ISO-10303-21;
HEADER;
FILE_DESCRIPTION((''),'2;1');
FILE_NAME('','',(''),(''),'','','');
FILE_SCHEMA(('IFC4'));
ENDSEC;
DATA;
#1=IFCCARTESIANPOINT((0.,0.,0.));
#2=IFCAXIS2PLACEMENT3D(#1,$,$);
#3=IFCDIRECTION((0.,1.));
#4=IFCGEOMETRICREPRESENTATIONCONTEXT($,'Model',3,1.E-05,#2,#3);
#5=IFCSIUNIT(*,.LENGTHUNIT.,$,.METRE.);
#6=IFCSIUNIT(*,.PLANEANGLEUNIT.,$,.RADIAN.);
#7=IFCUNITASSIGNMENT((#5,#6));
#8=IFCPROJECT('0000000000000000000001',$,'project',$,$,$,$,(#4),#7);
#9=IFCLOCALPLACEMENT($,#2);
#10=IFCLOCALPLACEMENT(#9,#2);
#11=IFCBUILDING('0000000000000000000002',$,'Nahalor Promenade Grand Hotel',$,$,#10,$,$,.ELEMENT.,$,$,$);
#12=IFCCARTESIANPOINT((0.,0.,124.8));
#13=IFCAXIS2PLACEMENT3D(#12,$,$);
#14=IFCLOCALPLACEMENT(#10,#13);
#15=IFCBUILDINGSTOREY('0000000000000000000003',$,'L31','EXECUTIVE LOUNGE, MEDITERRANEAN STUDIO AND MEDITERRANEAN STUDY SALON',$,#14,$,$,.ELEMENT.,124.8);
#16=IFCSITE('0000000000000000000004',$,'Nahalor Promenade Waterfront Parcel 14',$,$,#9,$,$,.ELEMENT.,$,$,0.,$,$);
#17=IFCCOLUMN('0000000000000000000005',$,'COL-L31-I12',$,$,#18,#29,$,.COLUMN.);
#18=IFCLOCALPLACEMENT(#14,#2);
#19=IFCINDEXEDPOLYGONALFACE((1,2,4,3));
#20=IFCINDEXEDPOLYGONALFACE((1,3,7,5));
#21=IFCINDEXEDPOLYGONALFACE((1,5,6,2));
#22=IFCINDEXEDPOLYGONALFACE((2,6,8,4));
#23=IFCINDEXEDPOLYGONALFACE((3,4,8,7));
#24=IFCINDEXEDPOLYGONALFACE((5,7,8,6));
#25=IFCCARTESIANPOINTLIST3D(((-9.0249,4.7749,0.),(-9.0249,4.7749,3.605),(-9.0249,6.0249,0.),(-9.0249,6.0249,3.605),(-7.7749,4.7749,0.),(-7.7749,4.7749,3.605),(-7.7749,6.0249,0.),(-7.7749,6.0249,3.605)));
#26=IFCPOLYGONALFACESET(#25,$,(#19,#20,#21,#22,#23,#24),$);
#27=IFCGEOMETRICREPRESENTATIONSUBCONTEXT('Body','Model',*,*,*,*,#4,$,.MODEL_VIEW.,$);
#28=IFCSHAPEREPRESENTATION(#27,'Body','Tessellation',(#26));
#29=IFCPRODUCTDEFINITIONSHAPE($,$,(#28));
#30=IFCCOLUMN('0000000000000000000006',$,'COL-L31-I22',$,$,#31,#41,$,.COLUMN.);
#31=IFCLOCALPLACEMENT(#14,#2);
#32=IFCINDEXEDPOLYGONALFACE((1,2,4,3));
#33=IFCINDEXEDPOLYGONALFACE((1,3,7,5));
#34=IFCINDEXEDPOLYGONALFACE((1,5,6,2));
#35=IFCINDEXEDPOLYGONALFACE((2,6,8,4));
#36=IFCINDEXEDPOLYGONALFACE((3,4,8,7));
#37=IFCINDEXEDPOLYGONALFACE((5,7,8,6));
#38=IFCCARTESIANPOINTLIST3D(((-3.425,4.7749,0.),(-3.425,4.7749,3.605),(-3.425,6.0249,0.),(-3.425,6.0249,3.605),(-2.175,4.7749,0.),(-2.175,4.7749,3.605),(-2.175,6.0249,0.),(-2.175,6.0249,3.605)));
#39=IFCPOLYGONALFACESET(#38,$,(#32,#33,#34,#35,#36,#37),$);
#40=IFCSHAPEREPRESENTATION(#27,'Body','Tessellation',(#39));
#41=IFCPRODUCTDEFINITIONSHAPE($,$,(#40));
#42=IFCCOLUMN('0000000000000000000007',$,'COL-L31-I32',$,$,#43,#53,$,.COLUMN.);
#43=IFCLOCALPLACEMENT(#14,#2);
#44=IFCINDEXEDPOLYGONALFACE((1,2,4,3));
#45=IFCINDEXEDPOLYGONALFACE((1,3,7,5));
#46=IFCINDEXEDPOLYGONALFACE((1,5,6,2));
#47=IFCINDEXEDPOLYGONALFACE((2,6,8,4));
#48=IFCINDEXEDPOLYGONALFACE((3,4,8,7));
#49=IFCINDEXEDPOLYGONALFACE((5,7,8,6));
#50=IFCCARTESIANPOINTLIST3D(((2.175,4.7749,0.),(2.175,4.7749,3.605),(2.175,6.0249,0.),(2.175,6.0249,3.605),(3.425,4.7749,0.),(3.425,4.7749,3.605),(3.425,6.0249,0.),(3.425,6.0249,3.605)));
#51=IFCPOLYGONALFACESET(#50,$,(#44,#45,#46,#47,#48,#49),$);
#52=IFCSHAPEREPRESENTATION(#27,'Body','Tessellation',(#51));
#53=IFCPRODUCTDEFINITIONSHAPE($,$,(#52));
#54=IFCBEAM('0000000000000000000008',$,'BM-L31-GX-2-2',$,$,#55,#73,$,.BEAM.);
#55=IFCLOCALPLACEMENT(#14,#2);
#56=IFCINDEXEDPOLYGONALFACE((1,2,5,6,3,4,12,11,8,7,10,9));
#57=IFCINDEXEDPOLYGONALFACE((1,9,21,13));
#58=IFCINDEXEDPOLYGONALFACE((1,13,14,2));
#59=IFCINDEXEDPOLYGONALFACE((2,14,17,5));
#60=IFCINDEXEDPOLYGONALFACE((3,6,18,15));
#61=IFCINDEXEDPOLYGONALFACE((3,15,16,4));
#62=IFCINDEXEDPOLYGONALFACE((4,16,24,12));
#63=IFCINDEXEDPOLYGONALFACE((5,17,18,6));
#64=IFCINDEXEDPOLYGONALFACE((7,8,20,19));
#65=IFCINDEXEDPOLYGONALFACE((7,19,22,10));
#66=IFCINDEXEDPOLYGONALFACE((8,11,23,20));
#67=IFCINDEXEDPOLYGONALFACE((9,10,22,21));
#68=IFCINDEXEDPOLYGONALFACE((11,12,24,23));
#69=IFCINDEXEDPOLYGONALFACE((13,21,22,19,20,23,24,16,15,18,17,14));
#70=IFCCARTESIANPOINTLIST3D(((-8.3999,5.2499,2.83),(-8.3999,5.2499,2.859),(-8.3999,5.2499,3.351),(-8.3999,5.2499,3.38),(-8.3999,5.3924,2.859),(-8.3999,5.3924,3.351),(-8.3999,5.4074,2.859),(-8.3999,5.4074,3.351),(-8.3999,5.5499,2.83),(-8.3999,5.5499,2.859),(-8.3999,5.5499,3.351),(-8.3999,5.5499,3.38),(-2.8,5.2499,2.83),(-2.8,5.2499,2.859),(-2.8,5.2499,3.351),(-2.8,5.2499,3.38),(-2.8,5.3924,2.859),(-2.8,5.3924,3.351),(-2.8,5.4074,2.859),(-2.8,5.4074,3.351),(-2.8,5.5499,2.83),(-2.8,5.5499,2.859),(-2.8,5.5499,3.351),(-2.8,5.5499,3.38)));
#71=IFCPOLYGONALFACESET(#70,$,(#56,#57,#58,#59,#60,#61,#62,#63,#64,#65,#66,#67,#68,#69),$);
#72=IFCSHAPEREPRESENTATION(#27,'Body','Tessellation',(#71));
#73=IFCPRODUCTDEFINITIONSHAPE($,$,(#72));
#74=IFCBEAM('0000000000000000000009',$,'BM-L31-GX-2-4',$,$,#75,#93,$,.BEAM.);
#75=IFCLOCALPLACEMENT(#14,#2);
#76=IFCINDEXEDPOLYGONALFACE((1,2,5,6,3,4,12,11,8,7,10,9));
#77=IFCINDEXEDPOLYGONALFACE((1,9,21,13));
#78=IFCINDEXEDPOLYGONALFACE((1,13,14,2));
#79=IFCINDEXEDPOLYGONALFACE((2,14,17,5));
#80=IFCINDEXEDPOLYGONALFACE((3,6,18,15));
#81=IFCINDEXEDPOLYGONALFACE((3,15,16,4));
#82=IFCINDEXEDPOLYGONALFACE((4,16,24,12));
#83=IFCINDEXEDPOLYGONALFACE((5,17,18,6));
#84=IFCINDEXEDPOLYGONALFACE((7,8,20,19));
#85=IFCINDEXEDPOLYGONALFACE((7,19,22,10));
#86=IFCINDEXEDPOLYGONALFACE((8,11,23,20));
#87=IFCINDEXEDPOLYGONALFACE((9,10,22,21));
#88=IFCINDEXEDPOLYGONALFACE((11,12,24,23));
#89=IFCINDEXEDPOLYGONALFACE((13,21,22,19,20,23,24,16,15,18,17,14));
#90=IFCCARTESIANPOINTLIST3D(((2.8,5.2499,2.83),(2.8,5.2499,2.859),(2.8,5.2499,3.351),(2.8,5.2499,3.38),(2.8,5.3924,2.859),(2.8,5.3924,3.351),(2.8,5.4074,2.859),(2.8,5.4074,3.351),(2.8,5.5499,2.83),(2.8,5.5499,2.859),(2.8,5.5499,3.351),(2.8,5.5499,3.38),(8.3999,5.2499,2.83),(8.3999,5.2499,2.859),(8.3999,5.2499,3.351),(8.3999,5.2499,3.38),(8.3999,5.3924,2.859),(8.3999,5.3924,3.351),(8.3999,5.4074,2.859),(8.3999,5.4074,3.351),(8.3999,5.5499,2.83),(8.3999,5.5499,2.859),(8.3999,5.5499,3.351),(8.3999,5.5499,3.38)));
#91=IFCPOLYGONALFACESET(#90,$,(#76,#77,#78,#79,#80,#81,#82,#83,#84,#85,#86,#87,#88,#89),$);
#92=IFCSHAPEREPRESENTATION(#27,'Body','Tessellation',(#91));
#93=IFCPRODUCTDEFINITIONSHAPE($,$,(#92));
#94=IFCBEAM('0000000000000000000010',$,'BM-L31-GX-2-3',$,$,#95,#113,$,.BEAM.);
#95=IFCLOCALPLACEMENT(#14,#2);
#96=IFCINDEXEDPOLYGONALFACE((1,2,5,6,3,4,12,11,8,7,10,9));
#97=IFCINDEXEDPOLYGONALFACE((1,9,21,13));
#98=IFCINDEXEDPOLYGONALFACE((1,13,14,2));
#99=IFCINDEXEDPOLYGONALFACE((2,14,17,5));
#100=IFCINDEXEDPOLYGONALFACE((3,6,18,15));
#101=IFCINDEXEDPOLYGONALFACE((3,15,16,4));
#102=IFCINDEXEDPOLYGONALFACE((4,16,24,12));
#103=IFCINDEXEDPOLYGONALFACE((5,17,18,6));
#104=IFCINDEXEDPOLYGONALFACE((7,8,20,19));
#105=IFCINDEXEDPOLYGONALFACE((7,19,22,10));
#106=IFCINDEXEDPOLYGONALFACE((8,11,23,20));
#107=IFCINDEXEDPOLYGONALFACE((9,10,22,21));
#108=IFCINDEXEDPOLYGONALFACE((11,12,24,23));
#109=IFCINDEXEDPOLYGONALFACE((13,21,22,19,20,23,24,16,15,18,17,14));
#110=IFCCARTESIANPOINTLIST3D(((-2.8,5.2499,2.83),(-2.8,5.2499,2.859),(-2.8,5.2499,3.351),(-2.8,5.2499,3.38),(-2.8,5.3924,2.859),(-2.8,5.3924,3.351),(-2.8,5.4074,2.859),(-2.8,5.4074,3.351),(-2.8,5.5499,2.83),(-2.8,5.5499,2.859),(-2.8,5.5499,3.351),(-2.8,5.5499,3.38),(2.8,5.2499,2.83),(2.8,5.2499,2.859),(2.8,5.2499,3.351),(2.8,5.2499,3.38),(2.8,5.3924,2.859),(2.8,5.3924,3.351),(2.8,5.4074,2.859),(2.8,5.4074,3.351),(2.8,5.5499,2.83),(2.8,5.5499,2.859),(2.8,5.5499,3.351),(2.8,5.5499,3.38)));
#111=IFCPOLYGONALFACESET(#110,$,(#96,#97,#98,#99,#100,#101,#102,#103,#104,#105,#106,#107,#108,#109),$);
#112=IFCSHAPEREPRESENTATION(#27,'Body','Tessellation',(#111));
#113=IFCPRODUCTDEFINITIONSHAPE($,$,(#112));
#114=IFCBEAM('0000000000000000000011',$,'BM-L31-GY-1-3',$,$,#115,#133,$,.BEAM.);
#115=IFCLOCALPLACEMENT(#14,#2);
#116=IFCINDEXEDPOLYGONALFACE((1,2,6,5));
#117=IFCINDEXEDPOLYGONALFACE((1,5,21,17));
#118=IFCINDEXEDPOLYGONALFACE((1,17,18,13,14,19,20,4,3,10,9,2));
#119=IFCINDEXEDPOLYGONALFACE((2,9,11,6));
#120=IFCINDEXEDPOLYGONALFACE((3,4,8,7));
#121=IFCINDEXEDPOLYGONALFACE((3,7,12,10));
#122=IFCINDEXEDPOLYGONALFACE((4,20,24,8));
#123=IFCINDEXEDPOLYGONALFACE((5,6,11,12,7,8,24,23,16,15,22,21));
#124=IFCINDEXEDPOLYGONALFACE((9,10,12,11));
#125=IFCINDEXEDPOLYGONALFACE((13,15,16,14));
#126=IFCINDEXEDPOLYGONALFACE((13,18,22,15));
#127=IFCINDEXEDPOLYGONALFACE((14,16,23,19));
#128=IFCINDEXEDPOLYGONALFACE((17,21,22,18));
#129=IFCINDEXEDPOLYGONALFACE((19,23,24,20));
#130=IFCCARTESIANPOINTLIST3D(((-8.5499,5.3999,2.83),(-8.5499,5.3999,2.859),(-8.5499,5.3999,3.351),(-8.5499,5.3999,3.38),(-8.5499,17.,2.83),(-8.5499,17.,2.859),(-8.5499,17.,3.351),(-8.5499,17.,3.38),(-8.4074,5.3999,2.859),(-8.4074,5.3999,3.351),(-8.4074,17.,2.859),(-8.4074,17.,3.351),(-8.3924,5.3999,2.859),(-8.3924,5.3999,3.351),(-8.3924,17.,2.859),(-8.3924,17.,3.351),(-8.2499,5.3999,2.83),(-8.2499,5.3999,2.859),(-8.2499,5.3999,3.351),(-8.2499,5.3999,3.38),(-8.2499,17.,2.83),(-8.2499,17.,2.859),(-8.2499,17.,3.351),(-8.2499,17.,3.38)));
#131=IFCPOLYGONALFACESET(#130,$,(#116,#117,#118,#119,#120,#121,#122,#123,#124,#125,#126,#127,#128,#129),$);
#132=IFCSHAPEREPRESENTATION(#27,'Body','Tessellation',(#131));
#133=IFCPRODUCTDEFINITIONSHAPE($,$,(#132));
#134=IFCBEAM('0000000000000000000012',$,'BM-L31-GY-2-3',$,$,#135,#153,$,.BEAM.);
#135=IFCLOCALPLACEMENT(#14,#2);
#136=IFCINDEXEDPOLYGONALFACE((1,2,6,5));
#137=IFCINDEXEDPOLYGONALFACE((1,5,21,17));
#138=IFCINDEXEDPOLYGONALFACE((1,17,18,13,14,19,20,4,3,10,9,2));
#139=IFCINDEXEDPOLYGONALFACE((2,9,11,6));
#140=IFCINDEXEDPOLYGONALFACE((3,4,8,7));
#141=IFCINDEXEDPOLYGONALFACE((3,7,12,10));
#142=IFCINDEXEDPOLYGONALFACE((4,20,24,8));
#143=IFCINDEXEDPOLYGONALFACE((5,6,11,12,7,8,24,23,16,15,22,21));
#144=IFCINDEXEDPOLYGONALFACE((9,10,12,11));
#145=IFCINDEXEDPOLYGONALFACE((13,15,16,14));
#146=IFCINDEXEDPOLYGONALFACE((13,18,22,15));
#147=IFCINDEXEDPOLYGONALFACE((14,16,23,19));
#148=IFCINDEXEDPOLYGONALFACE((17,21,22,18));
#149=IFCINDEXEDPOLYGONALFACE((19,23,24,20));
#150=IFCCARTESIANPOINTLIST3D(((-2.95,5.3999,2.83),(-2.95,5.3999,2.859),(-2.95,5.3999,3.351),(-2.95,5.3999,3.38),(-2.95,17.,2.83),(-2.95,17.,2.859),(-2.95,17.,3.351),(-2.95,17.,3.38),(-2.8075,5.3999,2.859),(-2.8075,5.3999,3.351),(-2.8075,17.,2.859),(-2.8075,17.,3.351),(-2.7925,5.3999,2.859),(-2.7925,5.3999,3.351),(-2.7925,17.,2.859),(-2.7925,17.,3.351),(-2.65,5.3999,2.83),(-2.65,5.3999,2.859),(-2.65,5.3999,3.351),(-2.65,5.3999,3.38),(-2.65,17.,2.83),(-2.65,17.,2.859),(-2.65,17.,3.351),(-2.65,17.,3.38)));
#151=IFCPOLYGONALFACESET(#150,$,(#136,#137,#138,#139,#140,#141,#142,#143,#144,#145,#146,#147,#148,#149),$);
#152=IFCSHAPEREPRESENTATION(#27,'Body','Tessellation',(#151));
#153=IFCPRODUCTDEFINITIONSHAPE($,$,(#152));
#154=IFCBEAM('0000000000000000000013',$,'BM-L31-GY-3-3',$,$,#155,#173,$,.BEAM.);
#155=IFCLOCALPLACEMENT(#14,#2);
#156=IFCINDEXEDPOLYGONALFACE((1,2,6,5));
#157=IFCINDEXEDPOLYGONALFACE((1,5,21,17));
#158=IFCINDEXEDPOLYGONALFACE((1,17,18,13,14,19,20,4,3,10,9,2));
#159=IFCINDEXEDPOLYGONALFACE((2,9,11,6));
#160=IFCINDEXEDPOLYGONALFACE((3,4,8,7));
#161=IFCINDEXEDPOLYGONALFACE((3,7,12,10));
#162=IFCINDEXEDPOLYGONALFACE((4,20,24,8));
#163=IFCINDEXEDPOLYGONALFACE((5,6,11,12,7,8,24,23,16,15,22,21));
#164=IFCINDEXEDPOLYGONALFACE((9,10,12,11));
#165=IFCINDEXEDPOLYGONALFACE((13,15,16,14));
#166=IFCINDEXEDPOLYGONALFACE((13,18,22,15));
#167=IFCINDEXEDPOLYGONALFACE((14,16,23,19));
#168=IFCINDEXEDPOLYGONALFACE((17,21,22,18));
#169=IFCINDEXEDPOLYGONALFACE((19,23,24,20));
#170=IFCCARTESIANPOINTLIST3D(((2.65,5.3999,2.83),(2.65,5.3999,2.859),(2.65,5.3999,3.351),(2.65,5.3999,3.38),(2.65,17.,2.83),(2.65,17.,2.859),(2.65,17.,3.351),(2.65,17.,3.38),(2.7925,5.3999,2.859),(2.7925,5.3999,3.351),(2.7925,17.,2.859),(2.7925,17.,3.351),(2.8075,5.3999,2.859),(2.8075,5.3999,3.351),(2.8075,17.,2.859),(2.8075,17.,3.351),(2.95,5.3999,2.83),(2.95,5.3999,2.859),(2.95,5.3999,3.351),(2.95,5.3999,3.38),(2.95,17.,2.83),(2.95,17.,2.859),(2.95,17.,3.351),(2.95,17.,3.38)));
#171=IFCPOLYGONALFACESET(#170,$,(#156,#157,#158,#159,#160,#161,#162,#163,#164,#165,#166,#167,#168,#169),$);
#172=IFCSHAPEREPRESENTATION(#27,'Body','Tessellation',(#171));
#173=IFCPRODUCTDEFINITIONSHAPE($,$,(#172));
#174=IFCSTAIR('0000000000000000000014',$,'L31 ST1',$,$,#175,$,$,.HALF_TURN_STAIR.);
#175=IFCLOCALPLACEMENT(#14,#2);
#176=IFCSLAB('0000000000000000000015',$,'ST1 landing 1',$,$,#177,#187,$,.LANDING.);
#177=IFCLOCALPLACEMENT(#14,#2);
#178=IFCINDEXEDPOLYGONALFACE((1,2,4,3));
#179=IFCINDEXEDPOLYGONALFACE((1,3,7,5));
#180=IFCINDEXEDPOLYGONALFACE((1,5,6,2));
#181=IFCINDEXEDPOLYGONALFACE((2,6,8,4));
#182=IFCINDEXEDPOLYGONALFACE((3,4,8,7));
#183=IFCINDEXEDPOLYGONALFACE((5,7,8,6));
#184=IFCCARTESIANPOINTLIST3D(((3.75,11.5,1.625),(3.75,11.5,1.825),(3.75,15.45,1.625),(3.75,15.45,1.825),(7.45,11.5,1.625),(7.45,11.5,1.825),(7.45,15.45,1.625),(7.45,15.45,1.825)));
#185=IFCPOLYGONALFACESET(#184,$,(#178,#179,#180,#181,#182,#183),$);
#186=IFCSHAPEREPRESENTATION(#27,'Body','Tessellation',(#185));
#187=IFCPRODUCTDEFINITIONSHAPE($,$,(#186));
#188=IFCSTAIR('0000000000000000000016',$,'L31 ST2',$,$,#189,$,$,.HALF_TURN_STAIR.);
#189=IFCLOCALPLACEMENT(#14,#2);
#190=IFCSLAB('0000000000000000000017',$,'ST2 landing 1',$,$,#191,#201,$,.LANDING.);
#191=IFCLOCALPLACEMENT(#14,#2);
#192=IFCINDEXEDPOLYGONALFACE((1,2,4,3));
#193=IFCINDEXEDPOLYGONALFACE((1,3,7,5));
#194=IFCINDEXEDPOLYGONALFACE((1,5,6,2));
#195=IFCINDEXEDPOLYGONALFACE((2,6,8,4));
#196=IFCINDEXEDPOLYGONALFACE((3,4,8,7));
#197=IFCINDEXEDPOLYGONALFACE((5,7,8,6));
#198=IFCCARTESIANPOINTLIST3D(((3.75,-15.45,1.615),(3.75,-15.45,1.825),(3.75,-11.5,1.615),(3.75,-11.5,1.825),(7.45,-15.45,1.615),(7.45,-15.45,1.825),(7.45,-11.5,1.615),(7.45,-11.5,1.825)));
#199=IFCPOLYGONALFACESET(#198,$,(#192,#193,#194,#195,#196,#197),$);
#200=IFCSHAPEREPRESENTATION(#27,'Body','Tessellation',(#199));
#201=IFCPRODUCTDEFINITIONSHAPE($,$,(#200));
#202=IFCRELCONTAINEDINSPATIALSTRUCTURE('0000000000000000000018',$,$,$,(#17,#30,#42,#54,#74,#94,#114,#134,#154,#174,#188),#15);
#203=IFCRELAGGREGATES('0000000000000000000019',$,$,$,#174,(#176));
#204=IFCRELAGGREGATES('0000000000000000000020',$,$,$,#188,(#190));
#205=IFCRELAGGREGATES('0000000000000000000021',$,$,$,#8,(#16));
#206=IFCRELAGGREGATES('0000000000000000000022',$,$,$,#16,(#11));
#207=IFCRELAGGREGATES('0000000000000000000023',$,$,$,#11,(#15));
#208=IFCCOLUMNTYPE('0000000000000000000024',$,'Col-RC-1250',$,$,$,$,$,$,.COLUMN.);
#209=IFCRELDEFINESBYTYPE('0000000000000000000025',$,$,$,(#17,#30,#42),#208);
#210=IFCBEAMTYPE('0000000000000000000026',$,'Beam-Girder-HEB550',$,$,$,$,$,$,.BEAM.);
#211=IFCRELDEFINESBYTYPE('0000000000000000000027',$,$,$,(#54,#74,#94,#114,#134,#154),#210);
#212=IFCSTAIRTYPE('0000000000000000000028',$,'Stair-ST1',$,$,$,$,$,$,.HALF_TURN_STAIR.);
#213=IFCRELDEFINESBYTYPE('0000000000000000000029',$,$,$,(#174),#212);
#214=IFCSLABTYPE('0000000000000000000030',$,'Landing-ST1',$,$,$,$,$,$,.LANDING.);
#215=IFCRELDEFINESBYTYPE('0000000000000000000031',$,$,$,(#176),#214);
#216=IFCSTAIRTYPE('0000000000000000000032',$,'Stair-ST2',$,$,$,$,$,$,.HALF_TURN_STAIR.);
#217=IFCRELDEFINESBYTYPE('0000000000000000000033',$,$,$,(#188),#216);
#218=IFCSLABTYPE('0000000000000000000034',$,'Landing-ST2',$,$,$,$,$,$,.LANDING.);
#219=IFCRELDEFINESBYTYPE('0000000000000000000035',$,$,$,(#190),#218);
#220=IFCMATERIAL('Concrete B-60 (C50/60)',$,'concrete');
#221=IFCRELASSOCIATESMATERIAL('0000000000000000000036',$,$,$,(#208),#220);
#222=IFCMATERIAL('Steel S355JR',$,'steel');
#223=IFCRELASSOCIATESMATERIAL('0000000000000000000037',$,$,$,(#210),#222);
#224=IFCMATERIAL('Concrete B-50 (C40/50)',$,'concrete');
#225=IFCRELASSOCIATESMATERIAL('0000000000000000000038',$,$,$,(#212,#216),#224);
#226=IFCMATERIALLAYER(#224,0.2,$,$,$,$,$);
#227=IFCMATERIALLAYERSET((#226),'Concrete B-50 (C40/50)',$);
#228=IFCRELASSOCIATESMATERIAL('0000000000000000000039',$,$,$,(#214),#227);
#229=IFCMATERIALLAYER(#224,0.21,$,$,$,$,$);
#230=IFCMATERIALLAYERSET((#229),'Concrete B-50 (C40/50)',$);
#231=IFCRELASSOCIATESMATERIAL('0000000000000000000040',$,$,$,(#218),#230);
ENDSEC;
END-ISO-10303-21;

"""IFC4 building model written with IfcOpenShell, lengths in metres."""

from ifc_helpers import new_model, si_unit, direction, frame, origin, origin_2d, place, context, subcontext, project, spatial, polyline, rectangle, i_section, outline, extrude, source, transform, mapped, material, layer, layer_set, material_profile, profile_set, type_object, element, aggregate, save


model = new_model("IFC4")

# Units and contexts
model_context = context("Model", 3, precision=1e-05, world=origin(), true_north=direction((0.0, 1.0)))
body_context = subcontext(model_context, "Body", "Model", "MODEL_VIEW")
ifc_project = project(units=[si_unit("LENGTHUNIT", "METRE"), si_unit("PLANEANGLEUNIT", "RADIAN")], contexts=[model_context])

# Site, building, storey
site_placement = place(None, origin())
site = spatial("IfcSite", under=ifc_project, at=site_placement, Name="Nahalor Promenade Waterfront Parcel 14", CompositionType="ELEMENT", RefElevation=0.0)
building_placement = place(site_placement, origin())
building = spatial("IfcBuilding", under=site, at=building_placement, Name="Nahalor Promenade Grand Hotel", CompositionType="ELEMENT")
storey_placement = place(building_placement, frame((0.0, 0.0, 124.8)))
storey = spatial("IfcBuildingStorey", under=building, at=storey_placement, Name="L31", Description="EXECUTIVE LOUNGE, MEDITERRANEAN STUDIO AND MEDITERRANEAN STUDY SALON", CompositionType="ELEMENT", Elevation=124.8)

# Columns
ifc_material_1 = material(Name="Concrete B-60 (C50/60)", Category="concrete")
ifc_material_profile_1 = material_profile(ifc_material_1, rectangle(XDim=1.25, YDim=1.25, at=origin_2d()), Name="RC 1250x1250")
ifc_profile_set_1 = profile_set([ifc_material_profile_1], Name="Concrete B-60 (C50/60)")
column_type = type_object("IfcColumnType", Name="Col-RC-1250", PredefinedType="COLUMN", material=ifc_profile_set_1)
shared_shape_1 = source(origin(), body_context, "Body", "SweptSolid", [
    extrude(rectangle(XDim=1.25, YDim=1.25, at=origin_2d()), origin(), (0.0, 0.0, 1.0), 3.605),
])
for number, where, z_axis, x_axis, name in (
    (1, (-8.3999, 5.3999, 0.0), (0.0, 0.0, 1.0), (1.0, 0.0, 0.0), "COL-L31-I12"),
    (2, (-2.8, 5.3999, 0.0), (0.0, 0.0, 1.0), (1.0, 0.0, 0.0), "COL-L31-I22"),
    (3, (2.8, 5.3999, 0.0), (0.0, 0.0, 1.0), (1.0, 0.0, 0.0), "COL-L31-I32"),
):
    element("IfcColumn", number, at=place(storey_placement, frame(where, z_axis=z_axis, x_axis=x_axis)), inside=storey, type_object=column_type, Name=name, PredefinedType="COLUMN", context=body_context, shape_type="MappedRepresentation", body=[
        mapped(shared_shape_1, transform((0.0, 0.0, 0.0), scale=1.0)),
    ])

# Beams
ifc_material_2 = material(Name="Steel S355JR", Category="steel")
ifc_material_profile_2 = material_profile(ifc_material_2, i_section(OverallWidth=0.3, OverallDepth=0.55, WebThickness=0.015, FlangeThickness=0.029, at=origin_2d()), Name="HEB 550")
ifc_profile_set_2 = profile_set([ifc_material_profile_2], Name="Steel S355JR")
beam_type = type_object("IfcBeamType", Name="Beam-Girder-HEB550", PredefinedType="BEAM", material=ifc_profile_set_2)
shared_shape_2 = source(origin(), body_context, "Body", "SweptSolid", [
    extrude(i_section(OverallWidth=0.3, OverallDepth=0.55, WebThickness=0.015, FlangeThickness=0.029, at=origin_2d()), origin(), (0.0, 0.0, 1.0), 5.5999),
])
for number, where, z_axis, x_axis, name in (
    (4, (-8.3999, 5.3999, 3.105), (1.0, 0.0, 0.0), (0.0, 1.0, 0.0), "BM-L31-GX-2-2"),
    (5, (2.8, 5.3999, 3.105), (1.0, 0.0, 0.0), (0.0, 1.0, 0.0), "BM-L31-GX-2-4"),
):
    element("IfcBeam", number, at=place(storey_placement, frame(where, z_axis=z_axis, x_axis=x_axis)), inside=storey, type_object=beam_type, Name=name, PredefinedType="BEAM", context=body_context, shape_type="MappedRepresentation", body=[
        mapped(shared_shape_2, transform((0.0, 0.0, 0.0), scale=1.0)),
    ])
shared_shape_3 = source(origin(), body_context, "Body", "SweptSolid", [
    extrude(i_section(OverallWidth=0.3, OverallDepth=0.55, WebThickness=0.015, FlangeThickness=0.029, at=origin_2d()), origin(), (0.0, 0.0, 1.0), 5.6001),
])
beam_placement = place(storey_placement, frame((-2.8, 5.3999, 3.105), z_axis=(1.0, 0.0, 0.0), x_axis=(0.0, 1.0, 0.0)))
element("IfcBeam", 6, at=beam_placement, inside=storey, type_object=beam_type, Name="BM-L31-GX-2-3", PredefinedType="BEAM", context=body_context, shape_type="MappedRepresentation", body=[
    mapped(shared_shape_3, transform((0.0, 0.0, 0.0), scale=1.0)),
])
shared_shape_4 = source(origin(), body_context, "Body", "SweptSolid", [
    extrude(i_section(OverallWidth=0.3, OverallDepth=0.55, WebThickness=0.015, FlangeThickness=0.029, at=origin_2d()), origin(), (0.0, 0.0, 1.0), 11.6001),
])
for number, where, z_axis, x_axis, name in (
    (7, (-8.3999, 5.3999, 3.105), (0.0, 1.0, 0.0), (-1.0, 0.0, 0.0), "BM-L31-GY-1-3"),
    (8, (-2.8, 5.3999, 3.105), (0.0, 1.0, 0.0), (-1.0, 0.0, 0.0), "BM-L31-GY-2-3"),
    (9, (2.8, 5.3999, 3.105), (0.0, 1.0, 0.0), (-1.0, 0.0, 0.0), "BM-L31-GY-3-3"),
):
    element("IfcBeam", number, at=place(storey_placement, frame(where, z_axis=z_axis, x_axis=x_axis)), inside=storey, type_object=beam_type, Name=name, PredefinedType="BEAM", context=body_context, shape_type="MappedRepresentation", body=[
        mapped(shared_shape_4, transform((0.0, 0.0, 0.0), scale=1.0)),
    ])

# Stairs, slabs
ifc_material_3 = material(Name="Concrete B-50 (C40/50)", Category="concrete")
stair_type_1 = type_object("IfcStairType", Name="Stair-ST1", PredefinedType="HALF_TURN_STAIR", material=ifc_material_3)
stair_1_placement = place(storey_placement, origin())
stair_1 = element("IfcStair", 10, at=stair_1_placement, inside=storey, type_object=stair_type_1, Name="L31 ST1", PredefinedType="HALF_TURN_STAIR")
ifc_layer_1 = layer(ifc_material_3, 0.2)
ifc_layer_set_1 = layer_set([ifc_layer_1], Name="Concrete B-50 (C40/50)")
slab_type_1 = type_object("IfcSlabType", Name="Landing-ST1", PredefinedType="LANDING", material=ifc_layer_set_1)
slab_1_placement = place(storey_placement, frame((0.0, 0.0, 1.625)))
slab_1 = element("IfcSlab", 11, at=slab_1_placement, type_object=slab_type_1, Name="ST1 landing 1", PredefinedType="LANDING", context=body_context, shape_type="SweptSolid", body=[
    extrude(outline(polyline([(7.45, 11.5), (7.45, 15.45), (3.75, 15.45), (3.75, 11.5), (7.45, 11.5)])), origin(), (0.0, 0.0, 1.0), 0.2),
])
aggregate(stair_1, [slab_1])
stair_type_2 = type_object("IfcStairType", Name="Stair-ST2", PredefinedType="HALF_TURN_STAIR", material=ifc_material_3)
stair_2_placement = place(storey_placement, origin())
stair_2 = element("IfcStair", 12, at=stair_2_placement, inside=storey, type_object=stair_type_2, Name="L31 ST2", PredefinedType="HALF_TURN_STAIR")
ifc_layer_2 = layer(ifc_material_3, 0.21)
ifc_layer_set_2 = layer_set([ifc_layer_2], Name="Concrete B-50 (C40/50)")
slab_type_2 = type_object("IfcSlabType", Name="Landing-ST2", PredefinedType="LANDING", material=ifc_layer_set_2)
slab_2_placement = place(storey_placement, frame((0.0, 0.0, 1.615)))
slab_2 = element("IfcSlab", 13, at=slab_2_placement, type_object=slab_type_2, Name="ST2 landing 1", PredefinedType="LANDING", context=body_context, shape_type="SweptSolid", body=[
    extrude(outline(polyline([(3.75, -11.5), (3.75, -15.45), (7.45, -15.45), (7.45, -11.5), (3.75, -11.5)])), origin(), (0.0, 0.0, 1.0), 0.21),
])
aggregate(stair_2, [slab_2])

save(model, "model.ifc")
